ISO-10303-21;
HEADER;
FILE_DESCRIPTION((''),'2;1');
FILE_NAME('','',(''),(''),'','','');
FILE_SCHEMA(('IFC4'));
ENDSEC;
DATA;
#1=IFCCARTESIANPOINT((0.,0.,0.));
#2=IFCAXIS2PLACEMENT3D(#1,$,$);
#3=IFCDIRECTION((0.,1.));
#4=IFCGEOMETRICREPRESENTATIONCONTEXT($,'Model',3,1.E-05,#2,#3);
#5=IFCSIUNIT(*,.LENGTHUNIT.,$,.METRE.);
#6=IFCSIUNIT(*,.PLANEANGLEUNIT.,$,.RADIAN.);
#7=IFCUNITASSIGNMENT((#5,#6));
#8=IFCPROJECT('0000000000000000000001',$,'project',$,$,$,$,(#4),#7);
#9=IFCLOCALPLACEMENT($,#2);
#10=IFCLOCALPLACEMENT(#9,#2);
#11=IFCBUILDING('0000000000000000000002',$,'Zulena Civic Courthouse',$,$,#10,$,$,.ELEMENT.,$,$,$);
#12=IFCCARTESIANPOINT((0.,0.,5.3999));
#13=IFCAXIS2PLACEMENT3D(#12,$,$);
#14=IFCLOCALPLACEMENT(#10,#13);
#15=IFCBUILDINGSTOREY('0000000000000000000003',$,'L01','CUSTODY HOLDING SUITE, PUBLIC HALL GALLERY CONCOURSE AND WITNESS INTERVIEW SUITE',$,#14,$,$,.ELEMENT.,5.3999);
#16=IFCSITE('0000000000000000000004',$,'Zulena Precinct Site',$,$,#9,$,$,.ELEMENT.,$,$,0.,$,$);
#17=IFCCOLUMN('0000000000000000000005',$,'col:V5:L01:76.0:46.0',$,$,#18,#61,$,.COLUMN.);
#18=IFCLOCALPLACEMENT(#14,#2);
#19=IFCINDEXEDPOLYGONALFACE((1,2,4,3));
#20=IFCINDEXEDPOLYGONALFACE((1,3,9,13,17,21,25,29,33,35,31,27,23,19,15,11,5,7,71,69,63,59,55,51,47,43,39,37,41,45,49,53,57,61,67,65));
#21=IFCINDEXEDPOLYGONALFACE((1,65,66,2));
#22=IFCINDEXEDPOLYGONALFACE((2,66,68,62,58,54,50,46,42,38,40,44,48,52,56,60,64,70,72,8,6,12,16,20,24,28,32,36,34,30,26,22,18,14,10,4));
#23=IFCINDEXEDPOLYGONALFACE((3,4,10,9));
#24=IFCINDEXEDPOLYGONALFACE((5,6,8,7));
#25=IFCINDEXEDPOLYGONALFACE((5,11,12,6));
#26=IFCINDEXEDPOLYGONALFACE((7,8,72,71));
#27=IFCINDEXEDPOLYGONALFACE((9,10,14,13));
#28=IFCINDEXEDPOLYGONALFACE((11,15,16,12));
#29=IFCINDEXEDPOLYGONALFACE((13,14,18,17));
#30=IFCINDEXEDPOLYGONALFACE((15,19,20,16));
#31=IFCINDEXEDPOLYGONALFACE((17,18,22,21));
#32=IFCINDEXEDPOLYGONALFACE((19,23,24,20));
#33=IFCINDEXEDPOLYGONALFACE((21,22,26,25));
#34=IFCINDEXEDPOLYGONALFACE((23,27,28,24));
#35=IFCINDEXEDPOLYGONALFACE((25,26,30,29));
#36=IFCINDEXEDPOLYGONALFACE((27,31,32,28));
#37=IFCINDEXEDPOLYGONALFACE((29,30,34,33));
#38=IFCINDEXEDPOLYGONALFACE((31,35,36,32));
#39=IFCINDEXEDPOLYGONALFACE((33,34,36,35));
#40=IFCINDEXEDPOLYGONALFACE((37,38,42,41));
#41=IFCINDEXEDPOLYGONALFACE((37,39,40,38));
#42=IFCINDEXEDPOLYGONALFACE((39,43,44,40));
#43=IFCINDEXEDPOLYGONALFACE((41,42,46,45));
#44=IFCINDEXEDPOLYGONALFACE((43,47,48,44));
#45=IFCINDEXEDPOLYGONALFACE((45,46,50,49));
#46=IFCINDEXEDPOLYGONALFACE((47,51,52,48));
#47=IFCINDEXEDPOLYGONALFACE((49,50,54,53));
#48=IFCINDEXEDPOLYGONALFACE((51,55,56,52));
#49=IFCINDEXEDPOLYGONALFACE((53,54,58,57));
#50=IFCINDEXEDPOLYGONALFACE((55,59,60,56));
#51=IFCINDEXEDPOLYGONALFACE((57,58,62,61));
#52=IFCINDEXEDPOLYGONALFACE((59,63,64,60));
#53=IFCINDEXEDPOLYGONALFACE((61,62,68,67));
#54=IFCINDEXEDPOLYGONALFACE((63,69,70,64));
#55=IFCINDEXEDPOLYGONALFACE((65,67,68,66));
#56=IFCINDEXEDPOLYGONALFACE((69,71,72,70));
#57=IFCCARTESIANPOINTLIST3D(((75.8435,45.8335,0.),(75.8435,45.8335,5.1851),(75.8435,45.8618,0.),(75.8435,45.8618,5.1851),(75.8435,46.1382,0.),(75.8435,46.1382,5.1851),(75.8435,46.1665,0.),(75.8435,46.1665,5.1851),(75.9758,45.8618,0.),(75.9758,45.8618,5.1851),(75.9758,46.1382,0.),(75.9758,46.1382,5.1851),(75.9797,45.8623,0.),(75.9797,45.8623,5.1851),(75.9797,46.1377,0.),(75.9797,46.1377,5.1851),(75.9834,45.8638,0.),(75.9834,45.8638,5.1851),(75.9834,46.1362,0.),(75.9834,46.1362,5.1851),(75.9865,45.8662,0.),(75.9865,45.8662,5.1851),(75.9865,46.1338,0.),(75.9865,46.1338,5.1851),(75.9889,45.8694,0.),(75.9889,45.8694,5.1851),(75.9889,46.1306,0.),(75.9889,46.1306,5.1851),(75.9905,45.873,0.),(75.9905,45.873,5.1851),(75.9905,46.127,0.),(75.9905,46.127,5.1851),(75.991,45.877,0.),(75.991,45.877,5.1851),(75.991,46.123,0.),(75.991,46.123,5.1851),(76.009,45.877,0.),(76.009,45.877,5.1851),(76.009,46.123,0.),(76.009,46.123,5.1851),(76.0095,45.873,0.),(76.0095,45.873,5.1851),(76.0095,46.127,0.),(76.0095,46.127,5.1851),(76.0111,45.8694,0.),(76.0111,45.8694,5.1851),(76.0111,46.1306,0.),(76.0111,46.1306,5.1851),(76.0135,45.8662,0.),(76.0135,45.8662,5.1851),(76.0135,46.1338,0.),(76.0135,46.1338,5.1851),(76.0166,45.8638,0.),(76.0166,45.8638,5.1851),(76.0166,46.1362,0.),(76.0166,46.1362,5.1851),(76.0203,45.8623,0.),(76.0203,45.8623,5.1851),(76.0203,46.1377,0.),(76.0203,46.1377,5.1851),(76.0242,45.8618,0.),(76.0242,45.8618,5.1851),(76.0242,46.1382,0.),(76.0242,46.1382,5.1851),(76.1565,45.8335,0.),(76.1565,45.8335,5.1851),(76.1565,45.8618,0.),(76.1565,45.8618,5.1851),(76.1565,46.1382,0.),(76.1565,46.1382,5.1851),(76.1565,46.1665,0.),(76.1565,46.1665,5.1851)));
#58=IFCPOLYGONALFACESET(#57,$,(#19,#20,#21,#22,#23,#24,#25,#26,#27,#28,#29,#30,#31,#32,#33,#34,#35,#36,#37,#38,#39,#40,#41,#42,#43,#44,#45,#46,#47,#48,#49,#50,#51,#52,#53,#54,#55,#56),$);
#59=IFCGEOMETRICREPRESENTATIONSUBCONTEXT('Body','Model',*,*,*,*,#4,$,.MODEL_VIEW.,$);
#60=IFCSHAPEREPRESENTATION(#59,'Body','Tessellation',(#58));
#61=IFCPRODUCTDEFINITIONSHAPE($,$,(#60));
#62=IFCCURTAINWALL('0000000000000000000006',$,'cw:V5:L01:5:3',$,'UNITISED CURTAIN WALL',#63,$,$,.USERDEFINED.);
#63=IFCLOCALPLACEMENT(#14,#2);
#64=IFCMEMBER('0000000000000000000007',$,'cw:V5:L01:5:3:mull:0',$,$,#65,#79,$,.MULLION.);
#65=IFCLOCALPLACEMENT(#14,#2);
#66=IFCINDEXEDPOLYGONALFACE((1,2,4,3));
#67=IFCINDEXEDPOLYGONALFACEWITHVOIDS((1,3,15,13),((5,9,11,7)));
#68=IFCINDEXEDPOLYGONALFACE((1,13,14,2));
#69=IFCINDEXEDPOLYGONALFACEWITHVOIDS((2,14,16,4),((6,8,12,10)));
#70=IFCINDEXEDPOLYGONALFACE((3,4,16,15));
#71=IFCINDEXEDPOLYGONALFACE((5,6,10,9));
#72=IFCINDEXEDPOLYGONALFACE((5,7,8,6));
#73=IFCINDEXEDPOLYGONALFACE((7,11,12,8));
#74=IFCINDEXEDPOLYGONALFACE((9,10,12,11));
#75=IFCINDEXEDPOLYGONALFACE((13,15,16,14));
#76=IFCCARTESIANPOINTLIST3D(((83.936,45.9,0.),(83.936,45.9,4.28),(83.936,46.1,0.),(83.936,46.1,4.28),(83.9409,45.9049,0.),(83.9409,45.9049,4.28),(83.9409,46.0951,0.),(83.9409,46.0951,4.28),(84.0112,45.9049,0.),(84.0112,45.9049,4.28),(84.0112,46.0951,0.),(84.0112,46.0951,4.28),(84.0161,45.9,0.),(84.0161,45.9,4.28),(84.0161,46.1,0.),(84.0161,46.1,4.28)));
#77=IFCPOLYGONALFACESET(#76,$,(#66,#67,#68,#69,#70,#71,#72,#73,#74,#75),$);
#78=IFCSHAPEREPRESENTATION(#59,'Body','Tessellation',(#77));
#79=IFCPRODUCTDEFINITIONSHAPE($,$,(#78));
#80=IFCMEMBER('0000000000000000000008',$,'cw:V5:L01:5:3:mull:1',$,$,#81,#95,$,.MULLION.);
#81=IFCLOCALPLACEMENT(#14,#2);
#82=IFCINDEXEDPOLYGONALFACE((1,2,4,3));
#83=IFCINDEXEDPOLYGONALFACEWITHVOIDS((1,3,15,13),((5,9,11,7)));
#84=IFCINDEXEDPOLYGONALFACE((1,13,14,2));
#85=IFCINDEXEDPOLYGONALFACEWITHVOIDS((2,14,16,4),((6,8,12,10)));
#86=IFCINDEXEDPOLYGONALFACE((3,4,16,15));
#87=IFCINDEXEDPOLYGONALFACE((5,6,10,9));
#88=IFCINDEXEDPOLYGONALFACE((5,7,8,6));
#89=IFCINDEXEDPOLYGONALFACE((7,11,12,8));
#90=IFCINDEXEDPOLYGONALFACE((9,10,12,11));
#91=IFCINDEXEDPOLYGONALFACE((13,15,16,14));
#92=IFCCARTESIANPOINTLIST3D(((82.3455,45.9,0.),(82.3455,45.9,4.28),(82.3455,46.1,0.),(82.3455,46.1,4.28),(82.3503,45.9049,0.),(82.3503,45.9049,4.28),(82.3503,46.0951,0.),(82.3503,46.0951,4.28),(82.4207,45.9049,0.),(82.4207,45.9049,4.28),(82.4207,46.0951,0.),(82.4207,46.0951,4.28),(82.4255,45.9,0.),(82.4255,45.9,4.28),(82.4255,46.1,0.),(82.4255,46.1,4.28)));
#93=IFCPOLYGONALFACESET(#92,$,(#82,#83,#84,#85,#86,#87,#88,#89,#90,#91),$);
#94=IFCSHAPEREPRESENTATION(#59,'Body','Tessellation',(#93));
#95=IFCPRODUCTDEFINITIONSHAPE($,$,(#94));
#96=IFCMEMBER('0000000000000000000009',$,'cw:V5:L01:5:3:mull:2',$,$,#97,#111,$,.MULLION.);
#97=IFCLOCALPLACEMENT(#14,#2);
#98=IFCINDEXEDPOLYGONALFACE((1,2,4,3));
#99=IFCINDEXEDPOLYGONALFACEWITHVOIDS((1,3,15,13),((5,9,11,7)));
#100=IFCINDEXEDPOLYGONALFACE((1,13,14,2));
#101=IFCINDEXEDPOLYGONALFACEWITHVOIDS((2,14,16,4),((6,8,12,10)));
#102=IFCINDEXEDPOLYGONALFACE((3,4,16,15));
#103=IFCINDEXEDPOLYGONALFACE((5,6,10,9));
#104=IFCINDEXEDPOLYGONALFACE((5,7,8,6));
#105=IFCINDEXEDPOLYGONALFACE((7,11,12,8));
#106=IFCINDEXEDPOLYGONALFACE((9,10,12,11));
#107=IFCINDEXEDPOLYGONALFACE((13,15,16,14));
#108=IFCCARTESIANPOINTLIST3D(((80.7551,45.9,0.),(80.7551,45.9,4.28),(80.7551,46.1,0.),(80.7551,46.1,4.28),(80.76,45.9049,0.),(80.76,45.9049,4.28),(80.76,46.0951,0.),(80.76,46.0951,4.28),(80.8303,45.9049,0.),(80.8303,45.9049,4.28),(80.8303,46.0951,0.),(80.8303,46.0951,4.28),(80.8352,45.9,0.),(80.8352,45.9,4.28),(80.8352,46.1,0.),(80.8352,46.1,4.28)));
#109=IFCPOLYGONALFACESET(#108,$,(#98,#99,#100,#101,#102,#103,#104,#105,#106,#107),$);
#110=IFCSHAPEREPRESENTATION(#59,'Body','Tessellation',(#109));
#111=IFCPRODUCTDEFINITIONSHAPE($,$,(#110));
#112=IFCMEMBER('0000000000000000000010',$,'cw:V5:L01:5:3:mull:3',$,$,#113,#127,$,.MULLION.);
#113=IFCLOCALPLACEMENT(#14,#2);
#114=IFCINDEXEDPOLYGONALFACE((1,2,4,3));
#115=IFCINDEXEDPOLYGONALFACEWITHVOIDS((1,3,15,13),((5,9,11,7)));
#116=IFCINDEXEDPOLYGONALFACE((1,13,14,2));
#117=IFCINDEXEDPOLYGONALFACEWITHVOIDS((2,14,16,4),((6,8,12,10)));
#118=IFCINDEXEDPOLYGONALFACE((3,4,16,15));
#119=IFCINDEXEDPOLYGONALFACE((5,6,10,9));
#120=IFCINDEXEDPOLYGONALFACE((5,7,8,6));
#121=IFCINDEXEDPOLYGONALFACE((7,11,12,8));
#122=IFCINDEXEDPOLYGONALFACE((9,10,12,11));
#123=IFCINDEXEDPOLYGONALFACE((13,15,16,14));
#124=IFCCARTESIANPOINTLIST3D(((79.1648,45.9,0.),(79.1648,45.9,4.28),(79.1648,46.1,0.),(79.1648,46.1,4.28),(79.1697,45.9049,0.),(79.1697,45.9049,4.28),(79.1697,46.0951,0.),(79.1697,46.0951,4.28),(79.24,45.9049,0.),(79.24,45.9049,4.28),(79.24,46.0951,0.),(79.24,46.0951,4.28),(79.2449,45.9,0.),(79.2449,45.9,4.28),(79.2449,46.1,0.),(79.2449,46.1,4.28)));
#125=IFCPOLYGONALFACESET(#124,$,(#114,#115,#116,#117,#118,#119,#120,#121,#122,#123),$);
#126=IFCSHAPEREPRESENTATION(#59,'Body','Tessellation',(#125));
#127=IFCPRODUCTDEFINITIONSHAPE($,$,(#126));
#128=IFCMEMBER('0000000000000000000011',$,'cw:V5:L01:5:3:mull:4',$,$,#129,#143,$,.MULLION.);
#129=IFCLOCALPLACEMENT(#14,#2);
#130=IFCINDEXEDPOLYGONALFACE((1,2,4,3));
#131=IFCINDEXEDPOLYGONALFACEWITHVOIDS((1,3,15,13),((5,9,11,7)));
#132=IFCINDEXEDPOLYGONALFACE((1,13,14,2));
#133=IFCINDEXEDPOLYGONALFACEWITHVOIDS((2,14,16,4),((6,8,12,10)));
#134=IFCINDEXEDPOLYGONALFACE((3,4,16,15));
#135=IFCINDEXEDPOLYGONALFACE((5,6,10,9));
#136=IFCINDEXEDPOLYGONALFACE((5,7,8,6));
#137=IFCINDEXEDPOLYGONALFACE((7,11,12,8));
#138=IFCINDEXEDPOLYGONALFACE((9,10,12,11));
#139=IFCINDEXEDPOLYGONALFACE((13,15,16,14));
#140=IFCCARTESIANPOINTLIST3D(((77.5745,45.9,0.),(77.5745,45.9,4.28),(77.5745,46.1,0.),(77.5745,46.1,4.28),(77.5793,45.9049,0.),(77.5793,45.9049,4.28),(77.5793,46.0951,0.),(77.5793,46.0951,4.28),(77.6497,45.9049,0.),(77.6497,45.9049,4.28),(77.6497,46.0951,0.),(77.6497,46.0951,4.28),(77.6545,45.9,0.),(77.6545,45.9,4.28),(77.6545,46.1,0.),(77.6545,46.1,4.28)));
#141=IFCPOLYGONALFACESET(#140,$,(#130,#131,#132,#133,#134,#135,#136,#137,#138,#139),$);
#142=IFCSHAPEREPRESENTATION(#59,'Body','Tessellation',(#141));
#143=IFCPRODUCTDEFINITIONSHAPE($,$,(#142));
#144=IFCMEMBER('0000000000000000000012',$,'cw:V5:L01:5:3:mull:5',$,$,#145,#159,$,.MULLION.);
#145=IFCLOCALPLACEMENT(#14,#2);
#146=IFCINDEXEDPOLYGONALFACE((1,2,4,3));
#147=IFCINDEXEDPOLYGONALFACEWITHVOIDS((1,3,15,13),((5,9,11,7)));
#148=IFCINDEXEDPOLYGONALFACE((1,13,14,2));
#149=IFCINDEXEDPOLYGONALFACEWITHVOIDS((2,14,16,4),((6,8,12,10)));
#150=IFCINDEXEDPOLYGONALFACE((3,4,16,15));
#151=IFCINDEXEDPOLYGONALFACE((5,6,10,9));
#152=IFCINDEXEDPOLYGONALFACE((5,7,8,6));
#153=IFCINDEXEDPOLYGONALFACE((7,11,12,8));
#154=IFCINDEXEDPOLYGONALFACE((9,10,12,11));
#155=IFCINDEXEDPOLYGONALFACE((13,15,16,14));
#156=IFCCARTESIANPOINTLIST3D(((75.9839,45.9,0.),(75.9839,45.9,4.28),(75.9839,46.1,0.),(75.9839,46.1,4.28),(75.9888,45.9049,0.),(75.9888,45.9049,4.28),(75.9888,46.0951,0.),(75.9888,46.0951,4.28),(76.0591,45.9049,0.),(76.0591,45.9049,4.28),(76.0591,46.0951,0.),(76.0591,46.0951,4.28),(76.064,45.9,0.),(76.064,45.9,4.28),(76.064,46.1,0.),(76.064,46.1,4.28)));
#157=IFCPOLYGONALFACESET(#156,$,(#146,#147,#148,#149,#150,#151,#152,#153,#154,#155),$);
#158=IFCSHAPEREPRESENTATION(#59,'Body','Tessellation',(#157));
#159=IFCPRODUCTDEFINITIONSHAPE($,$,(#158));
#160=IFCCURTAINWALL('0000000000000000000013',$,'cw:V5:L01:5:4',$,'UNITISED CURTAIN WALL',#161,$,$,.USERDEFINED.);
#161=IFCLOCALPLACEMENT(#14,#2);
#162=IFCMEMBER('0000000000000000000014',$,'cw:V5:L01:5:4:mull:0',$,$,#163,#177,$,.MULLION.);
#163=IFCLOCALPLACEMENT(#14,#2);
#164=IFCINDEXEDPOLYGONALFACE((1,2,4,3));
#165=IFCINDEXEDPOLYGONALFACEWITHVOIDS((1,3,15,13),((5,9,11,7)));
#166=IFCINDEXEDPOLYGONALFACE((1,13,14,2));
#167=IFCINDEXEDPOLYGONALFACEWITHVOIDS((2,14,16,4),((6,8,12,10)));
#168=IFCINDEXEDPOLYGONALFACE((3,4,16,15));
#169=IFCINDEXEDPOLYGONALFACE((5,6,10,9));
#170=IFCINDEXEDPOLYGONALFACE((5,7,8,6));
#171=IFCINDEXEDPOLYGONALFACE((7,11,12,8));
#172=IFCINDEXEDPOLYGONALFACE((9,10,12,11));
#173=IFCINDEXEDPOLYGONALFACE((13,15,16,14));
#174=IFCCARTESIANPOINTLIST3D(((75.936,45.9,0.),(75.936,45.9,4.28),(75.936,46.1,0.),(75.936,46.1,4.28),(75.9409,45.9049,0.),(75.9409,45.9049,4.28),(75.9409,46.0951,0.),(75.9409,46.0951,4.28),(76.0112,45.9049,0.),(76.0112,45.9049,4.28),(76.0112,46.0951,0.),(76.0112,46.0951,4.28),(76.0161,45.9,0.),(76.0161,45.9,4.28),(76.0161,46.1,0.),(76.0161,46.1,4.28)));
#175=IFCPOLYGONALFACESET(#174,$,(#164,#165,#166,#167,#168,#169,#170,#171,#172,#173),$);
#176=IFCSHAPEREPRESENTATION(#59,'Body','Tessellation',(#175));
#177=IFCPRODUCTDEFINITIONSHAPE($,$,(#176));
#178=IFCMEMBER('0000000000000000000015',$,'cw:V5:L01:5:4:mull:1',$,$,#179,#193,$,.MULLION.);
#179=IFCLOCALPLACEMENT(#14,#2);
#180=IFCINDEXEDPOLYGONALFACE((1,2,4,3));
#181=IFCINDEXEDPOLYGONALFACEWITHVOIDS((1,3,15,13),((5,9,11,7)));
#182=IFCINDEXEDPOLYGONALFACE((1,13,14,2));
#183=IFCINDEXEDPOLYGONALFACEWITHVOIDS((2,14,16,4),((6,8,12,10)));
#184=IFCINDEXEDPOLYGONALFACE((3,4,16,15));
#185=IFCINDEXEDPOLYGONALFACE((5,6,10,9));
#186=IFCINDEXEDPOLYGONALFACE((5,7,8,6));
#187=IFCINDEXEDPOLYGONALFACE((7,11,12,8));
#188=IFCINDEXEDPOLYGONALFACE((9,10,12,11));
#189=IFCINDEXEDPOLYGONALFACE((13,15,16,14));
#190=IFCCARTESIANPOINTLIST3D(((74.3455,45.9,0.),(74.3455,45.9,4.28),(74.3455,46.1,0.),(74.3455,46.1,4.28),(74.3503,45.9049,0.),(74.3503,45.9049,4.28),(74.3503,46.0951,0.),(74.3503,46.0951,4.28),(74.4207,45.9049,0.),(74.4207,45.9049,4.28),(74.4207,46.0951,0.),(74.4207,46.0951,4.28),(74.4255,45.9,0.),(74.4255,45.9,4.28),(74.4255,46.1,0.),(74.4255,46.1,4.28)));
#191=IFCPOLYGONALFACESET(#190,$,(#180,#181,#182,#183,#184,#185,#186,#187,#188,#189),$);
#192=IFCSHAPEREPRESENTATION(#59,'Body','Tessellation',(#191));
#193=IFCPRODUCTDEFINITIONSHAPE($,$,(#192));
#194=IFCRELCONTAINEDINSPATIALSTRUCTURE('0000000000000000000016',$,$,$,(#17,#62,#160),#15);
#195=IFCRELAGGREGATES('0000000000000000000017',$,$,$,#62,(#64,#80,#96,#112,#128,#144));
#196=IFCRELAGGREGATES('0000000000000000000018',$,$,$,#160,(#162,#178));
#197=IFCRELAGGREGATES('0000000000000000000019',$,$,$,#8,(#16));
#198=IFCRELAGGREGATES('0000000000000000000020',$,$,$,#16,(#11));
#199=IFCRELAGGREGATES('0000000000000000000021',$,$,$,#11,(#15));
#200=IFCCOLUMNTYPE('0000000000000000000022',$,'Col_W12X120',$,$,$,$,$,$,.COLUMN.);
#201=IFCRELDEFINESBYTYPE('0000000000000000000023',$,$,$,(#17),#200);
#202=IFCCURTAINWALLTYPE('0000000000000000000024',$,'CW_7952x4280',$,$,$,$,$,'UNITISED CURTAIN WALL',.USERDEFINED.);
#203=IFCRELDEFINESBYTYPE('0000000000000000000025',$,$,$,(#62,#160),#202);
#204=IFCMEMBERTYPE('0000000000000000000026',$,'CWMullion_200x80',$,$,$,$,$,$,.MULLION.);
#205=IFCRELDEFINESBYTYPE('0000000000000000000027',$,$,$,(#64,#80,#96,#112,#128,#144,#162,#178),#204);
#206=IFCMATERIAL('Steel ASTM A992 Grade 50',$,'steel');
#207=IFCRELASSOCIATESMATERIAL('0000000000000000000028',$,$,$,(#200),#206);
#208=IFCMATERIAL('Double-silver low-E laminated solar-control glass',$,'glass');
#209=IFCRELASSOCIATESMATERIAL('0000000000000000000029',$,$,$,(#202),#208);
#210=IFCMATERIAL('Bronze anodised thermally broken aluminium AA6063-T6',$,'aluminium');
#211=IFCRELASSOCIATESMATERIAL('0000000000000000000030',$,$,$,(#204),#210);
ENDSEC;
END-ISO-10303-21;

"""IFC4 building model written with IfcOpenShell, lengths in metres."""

from ifc_helpers import new_model, si_unit, direction, frame, origin, origin_2d, place, context, subcontext, project, spatial, hollow_rectangle, i_section, extrude, material, material_profile, profile_set, type_object, element, aggregate, save


model = new_model("IFC4")

# Units and contexts
model_context = context("Model", 3, precision=1e-05, world=origin(), true_north=direction((0.0, 1.0)))
body_context = subcontext(model_context, "Body", "Model", "MODEL_VIEW")
ifc_project = project(units=[si_unit("LENGTHUNIT", "METRE"), si_unit("PLANEANGLEUNIT", "RADIAN")], contexts=[model_context])

# Site, building, storey
site_placement = place(None, origin())
site = spatial("IfcSite", under=ifc_project, at=site_placement, Name="Zulena Precinct Site", CompositionType="ELEMENT", RefElevation=0.0)
building_placement = place(site_placement, origin())
building = spatial("IfcBuilding", under=site, at=building_placement, Name="Zulena Civic Courthouse", CompositionType="ELEMENT")
storey_placement = place(building_placement, frame((0.0, 0.0, 5.3999)))
storey = spatial("IfcBuildingStorey", under=building, at=storey_placement, Name="L01", Description="CUSTODY HOLDING SUITE, PUBLIC HALL GALLERY CONCOURSE AND WITNESS INTERVIEW SUITE", CompositionType="ELEMENT", Elevation=5.3999)

# Column
ifc_material_1 = material(Name="Steel ASTM A992 Grade 50", Category="steel")
ifc_material_profile_1 = material_profile(ifc_material_1, i_section(OverallWidth=0.313, OverallDepth=0.333, WebThickness=0.0181, FlangeThickness=0.0283, FilletRadius=0.0151, at=origin_2d()), Name="W12X120")
ifc_profile_set_1 = profile_set([ifc_material_profile_1], Name="Steel ASTM A992 Grade 50")
column_type = type_object("IfcColumnType", Name="Col_W12X120", PredefinedType="COLUMN", material=ifc_profile_set_1)
column_placement = place(storey_placement, frame((76.0, 46.0, 0.0), z_axis=(0.0, 0.0, 1.0), x_axis=(1.0, 0.0, 0.0)))
element("IfcColumn", 1, at=column_placement, inside=storey, type_object=column_type, Name="col:V5:L01:76.0:46.0", PredefinedType="COLUMN", context=body_context, shape_type="SweptSolid", body=[
    extrude(i_section(OverallWidth=0.313, OverallDepth=0.333, WebThickness=0.0181, FlangeThickness=0.0283, FilletRadius=0.0151, at=origin_2d()), origin(), (0.0, 0.0, 1.0), 5.1851),
])

# Curtain walls, members
ifc_material_2 = material(Name="Double-silver low-E laminated solar-control glass", Category="glass")
curtain_wall_type = type_object("IfcCurtainWallType", Name="CW_7952x4280", ElementType="UNITISED CURTAIN WALL", PredefinedType="USERDEFINED", material=ifc_material_2)
curtain_wall_1_placement = place(storey_placement, origin())
curtain_wall_1 = element("IfcCurtainWall", 2, at=curtain_wall_1_placement, inside=storey, type_object=curtain_wall_type, Name="cw:V5:L01:5:3", ObjectType="UNITISED CURTAIN WALL", PredefinedType="USERDEFINED")
ifc_material_3 = material(Name="Bronze anodised thermally broken aluminium AA6063-T6", Category="aluminium")
ifc_material_profile_2 = material_profile(ifc_material_3, hollow_rectangle(XDim=0.0801, YDim=0.2, WallThickness=0.0049, at=origin_2d()), Name="CWM200X80X5")
ifc_profile_set_2 = profile_set([ifc_material_profile_2], Name="Bronze anodised thermally broken aluminium AA6063-T6")
member_type_1 = type_object("IfcMemberType", Name="CWMullion_200x80", PredefinedType="MULLION", material=ifc_profile_set_2)
member_1_placement = place(storey_placement, frame((83.9761, 46.0, 0.0), z_axis=(0.0, 0.0, 1.0), x_axis=(1.0, 0.0, 0.0)))
member_1 = element("IfcMember", 3, at=member_1_placement, type_object=member_type_1, Name="cw:V5:L01:5:3:mull:0", PredefinedType="MULLION", context=body_context, shape_type="SweptSolid", body=[
    extrude(hollow_rectangle(XDim=0.0801, YDim=0.2, WallThickness=0.0049, at=origin_2d()), origin(), (0.0, 0.0, 1.0), 4.28),
])
member_2_placement = place(storey_placement, frame((82.3855, 46.0, 0.0), z_axis=(0.0, 0.0, 1.0), x_axis=(1.0, 0.0, 0.0)))
member_2 = element("IfcMember", 4, at=member_2_placement, type_object=member_type_1, Name="cw:V5:L01:5:3:mull:1", PredefinedType="MULLION", context=body_context, shape_type="SweptSolid", body=[
    extrude(hollow_rectangle(XDim=0.0801, YDim=0.2, WallThickness=0.0049, at=origin_2d()), origin(), (0.0, 0.0, 1.0), 4.28),
])
member_3_placement = place(storey_placement, frame((80.7952, 46.0, 0.0), z_axis=(0.0, 0.0, 1.0), x_axis=(1.0, 0.0, 0.0)))
member_3 = element("IfcMember", 5, at=member_3_placement, type_object=member_type_1, Name="cw:V5:L01:5:3:mull:2", PredefinedType="MULLION", context=body_context, shape_type="SweptSolid", body=[
    extrude(hollow_rectangle(XDim=0.0801, YDim=0.2, WallThickness=0.0049, at=origin_2d()), origin(), (0.0, 0.0, 1.0), 4.28),
])
member_4_placement = place(storey_placement, frame((79.2048, 46.0, 0.0), z_axis=(0.0, 0.0, 1.0), x_axis=(1.0, 0.0, 0.0)))
member_4 = element("IfcMember", 6, at=member_4_placement, type_object=member_type_1, Name="cw:V5:L01:5:3:mull:3", PredefinedType="MULLION", context=body_context, shape_type="SweptSolid", body=[
    extrude(hollow_rectangle(XDim=0.0801, YDim=0.2, WallThickness=0.0049, at=origin_2d()), origin(), (0.0, 0.0, 1.0), 4.28),
])
member_5_placement = place(storey_placement, frame((77.6145, 46.0, 0.0), z_axis=(0.0, 0.0, 1.0), x_axis=(1.0, 0.0, 0.0)))
member_5 = element("IfcMember", 7, at=member_5_placement, type_object=member_type_1, Name="cw:V5:L01:5:3:mull:4", PredefinedType="MULLION", context=body_context, shape_type="SweptSolid", body=[
    extrude(hollow_rectangle(XDim=0.0801, YDim=0.2, WallThickness=0.0049, at=origin_2d()), origin(), (0.0, 0.0, 1.0), 4.28),
])
member_6_placement = place(storey_placement, frame((76.0239, 46.0, 0.0), z_axis=(0.0, 0.0, 1.0), x_axis=(1.0, 0.0, 0.0)))
member_6 = element("IfcMember", 8, at=member_6_placement, type_object=member_type_1, Name="cw:V5:L01:5:3:mull:5", PredefinedType="MULLION", context=body_context, shape_type="SweptSolid", body=[
    extrude(hollow_rectangle(XDim=0.0801, YDim=0.2, WallThickness=0.0049, at=origin_2d()), origin(), (0.0, 0.0, 1.0), 4.28),
])
curtain_wall_2_placement = place(storey_placement, origin())
curtain_wall_2 = element("IfcCurtainWall", 9, at=curtain_wall_2_placement, inside=storey, type_object=curtain_wall_type, Name="cw:V5:L01:5:4", ObjectType="UNITISED CURTAIN WALL", PredefinedType="USERDEFINED")
member_7_placement = place(storey_placement, frame((75.9761, 46.0, 0.0), z_axis=(0.0, 0.0, 1.0), x_axis=(1.0, 0.0, 0.0)))
member_7 = element("IfcMember", 10, at=member_7_placement, type_object=member_type_1, Name="cw:V5:L01:5:4:mull:0", PredefinedType="MULLION", context=body_context, shape_type="SweptSolid", body=[
    extrude(hollow_rectangle(XDim=0.0801, YDim=0.2, WallThickness=0.0049, at=origin_2d()), origin(), (0.0, 0.0, 1.0), 4.28),
])
member_8_placement = place(storey_placement, frame((74.3855, 46.0, 0.0), z_axis=(0.0, 0.0, 1.0), x_axis=(1.0, 0.0, 0.0)))
member_8 = element("IfcMember", 11, at=member_8_placement, type_object=member_type_1, Name="cw:V5:L01:5:4:mull:1", PredefinedType="MULLION", context=body_context, shape_type="SweptSolid", body=[
    extrude(hollow_rectangle(XDim=0.0801, YDim=0.2, WallThickness=0.0049, at=origin_2d()), origin(), (0.0, 0.0, 1.0), 4.28),
])

aggregate(curtain_wall_1, [member_1, member_2, member_3, member_4, member_5, member_6])
aggregate(curtain_wall_2, [member_7, member_8])

save(model, "model.ifc")
